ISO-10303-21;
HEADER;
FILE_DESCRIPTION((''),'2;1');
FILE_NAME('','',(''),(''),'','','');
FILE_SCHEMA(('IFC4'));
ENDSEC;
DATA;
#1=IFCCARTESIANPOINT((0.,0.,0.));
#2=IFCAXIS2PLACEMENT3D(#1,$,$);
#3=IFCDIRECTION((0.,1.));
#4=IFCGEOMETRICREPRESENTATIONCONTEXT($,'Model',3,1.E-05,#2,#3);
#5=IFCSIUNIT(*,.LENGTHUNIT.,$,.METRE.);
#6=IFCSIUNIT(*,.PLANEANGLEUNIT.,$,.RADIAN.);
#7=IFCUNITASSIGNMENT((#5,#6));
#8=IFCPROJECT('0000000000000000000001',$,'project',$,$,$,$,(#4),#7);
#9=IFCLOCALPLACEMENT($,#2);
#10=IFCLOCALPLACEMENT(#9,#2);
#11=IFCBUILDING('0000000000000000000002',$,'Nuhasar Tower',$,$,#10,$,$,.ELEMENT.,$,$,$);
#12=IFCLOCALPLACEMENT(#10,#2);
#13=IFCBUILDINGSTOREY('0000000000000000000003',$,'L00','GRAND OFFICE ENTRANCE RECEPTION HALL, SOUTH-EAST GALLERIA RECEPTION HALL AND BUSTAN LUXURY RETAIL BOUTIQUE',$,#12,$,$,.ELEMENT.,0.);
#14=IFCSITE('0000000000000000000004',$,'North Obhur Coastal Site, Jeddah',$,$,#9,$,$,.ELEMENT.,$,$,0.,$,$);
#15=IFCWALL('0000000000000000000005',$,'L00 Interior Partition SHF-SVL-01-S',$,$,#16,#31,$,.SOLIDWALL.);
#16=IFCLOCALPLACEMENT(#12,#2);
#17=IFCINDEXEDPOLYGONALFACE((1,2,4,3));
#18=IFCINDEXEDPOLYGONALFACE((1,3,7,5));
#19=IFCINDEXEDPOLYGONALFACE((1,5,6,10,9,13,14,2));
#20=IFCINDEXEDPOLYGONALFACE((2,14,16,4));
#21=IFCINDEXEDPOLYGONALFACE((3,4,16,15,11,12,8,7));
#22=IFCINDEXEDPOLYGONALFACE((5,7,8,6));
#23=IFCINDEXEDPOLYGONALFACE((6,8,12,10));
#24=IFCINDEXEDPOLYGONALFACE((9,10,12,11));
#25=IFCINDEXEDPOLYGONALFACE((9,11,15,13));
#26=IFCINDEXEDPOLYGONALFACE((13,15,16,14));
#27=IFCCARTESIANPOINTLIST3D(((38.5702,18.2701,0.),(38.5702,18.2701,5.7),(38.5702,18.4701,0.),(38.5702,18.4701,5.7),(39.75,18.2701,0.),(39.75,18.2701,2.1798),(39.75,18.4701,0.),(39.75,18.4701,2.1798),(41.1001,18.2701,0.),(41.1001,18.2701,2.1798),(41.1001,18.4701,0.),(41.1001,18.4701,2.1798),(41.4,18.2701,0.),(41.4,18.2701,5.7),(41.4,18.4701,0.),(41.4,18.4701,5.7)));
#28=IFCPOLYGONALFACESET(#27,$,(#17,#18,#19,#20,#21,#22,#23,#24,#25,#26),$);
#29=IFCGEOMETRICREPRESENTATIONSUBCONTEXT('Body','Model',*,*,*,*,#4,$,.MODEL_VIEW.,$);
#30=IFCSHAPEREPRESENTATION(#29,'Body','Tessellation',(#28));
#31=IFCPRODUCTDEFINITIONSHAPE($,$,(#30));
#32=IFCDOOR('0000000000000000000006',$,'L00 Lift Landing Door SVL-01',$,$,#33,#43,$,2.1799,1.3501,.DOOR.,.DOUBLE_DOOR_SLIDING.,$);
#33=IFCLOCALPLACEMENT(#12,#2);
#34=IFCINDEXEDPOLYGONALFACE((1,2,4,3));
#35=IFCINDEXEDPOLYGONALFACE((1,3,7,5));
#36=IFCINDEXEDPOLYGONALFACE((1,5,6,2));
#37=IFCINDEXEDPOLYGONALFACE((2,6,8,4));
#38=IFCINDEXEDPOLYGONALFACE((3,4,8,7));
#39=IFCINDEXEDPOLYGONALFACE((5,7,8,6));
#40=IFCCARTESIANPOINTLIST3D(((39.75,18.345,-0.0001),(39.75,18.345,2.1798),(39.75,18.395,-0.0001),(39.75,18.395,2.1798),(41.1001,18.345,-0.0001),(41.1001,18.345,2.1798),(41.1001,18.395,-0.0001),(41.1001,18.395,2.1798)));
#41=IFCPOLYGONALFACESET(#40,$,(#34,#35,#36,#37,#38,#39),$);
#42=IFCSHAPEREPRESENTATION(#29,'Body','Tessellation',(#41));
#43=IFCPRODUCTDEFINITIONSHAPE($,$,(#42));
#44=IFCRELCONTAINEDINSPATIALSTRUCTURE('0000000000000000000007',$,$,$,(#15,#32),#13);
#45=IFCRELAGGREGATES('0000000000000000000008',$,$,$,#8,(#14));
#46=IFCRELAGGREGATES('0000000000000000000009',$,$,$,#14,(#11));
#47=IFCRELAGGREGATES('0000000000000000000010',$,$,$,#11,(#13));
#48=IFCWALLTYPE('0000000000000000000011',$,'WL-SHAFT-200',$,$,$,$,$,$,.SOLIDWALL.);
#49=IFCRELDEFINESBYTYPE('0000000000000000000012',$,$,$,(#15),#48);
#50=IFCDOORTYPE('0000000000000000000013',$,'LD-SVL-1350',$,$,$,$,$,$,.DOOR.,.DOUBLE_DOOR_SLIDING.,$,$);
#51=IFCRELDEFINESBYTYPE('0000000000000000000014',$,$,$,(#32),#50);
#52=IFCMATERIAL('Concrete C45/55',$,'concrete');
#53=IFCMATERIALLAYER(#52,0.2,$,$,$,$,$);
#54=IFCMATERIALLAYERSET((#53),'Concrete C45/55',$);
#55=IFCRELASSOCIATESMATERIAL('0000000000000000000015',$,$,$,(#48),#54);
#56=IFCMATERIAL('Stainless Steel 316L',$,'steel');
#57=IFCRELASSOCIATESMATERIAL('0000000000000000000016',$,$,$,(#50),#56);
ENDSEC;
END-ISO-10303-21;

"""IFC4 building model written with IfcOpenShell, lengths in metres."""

from ifc_helpers import new_model, si_unit, direction, frame, frame_2d, origin, place, context, subcontext, project, spatial, rectangle, extrude, material, layer, layer_set, type_object, element, fill, save


model = new_model("IFC4")

# Units and contexts
model_context = context("Model", 3, precision=1e-05, world=origin(), true_north=direction((0.0, 1.0)))
body_context = subcontext(model_context, "Body", "Model", "MODEL_VIEW")
ifc_project = project(units=[si_unit("LENGTHUNIT", "METRE"), si_unit("PLANEANGLEUNIT", "RADIAN")], contexts=[model_context])

# Site, building, storey
site_placement = place(None, origin())
site = spatial("IfcSite", under=ifc_project, at=site_placement, Name="North Obhur Coastal Site, Jeddah", CompositionType="ELEMENT", RefElevation=0.0)
building_placement = place(site_placement, origin())
building = spatial("IfcBuilding", under=site, at=building_placement, Name="Nuhasar Tower", CompositionType="ELEMENT")
storey_placement = place(building_placement, origin())
storey = spatial("IfcBuildingStorey", under=building, at=storey_placement, Name="L00", Description="GRAND OFFICE ENTRANCE RECEPTION HALL, SOUTH-EAST GALLERIA RECEPTION HALL AND BUSTAN LUXURY RETAIL BOUTIQUE", CompositionType="ELEMENT", Elevation=0.0)

# Shared definitions
ifc_material_1 = material(Name="Concrete C45/55", Category="concrete")

# Shared definitions
ifc_layer_1 = layer(ifc_material_1, 0.2)
ifc_layer_set_1 = layer_set([ifc_layer_1], Name="Concrete C45/55")
wall_type_1 = type_object("IfcWallType", Name="WL-SHAFT-200", PredefinedType="SOLIDWALL", material=ifc_layer_set_1)
ifc_material_2 = material(Name="Stainless Steel 316L", Category="steel")

# Wall, opening, door
wall_1_placement = place(storey_placement, frame((38.5701, 18.3701, 0.0), z_axis=(0.0, 0.0, 1.0), x_axis=(1.0, 0.0, 0.0)))
wall_1 = element("IfcWall", 1, at=wall_1_placement, inside=storey, type_object=wall_type_1, Name="L00 Interior Partition SHF-SVL-01-S", PredefinedType="SOLIDWALL", context=body_context, shape_type="SweptSolid", body=[
    extrude(rectangle(XDim=2.8298, YDim=0.2, at=frame_2d((1.415, 0.0))), origin(), (0.0, 0.0, 1.0), 5.7),
])
opening_1_placement = place(wall_1_placement, frame((1.1799, 0.0, 0.0)))
opening_1 = element("IfcOpeningElement", 2, at=opening_1_placement, cuts=wall_1, PredefinedType="OPENING", context=body_context, shape_type="SweptSolid", body=[
    extrude(rectangle(XDim=1.3501, YDim=2.1799, at=frame_2d((0.675, 1.0898))), frame((0.0, 0.1099, 0.0), z_axis=(0.0, -1.0, 0.0), x_axis=(1.0, 0.0, 0.0)), (0.0, 0.0, 1.0), 0.22),
])
door_type_1 = type_object("IfcDoorType", Name="LD-SVL-1350", OperationType="DOUBLE_DOOR_SLIDING", PredefinedType="DOOR", material=ifc_material_2)
door_1_placement = place(opening_1_placement, origin())
door_1 = element("IfcDoor", 3, at=door_1_placement, inside=storey, type_object=door_type_1, Name="L00 Lift Landing Door SVL-01", OperationType="DOUBLE_DOOR_SLIDING", OverallHeight=2.1799, OverallWidth=1.3501, PredefinedType="DOOR", context=body_context, shape_type="SweptSolid", body=[
    extrude(rectangle(XDim=1.3501, YDim=2.1799, at=frame_2d((0.675, 1.0898))), frame((0.0, 0.0249, 0.0), z_axis=(0.0, -1.0, 0.0), x_axis=(1.0, 0.0, 0.0)), (0.0, 0.0, 1.0), 0.05),
])
fill(opening_1, door_1)

save(model, "model.ifc")
